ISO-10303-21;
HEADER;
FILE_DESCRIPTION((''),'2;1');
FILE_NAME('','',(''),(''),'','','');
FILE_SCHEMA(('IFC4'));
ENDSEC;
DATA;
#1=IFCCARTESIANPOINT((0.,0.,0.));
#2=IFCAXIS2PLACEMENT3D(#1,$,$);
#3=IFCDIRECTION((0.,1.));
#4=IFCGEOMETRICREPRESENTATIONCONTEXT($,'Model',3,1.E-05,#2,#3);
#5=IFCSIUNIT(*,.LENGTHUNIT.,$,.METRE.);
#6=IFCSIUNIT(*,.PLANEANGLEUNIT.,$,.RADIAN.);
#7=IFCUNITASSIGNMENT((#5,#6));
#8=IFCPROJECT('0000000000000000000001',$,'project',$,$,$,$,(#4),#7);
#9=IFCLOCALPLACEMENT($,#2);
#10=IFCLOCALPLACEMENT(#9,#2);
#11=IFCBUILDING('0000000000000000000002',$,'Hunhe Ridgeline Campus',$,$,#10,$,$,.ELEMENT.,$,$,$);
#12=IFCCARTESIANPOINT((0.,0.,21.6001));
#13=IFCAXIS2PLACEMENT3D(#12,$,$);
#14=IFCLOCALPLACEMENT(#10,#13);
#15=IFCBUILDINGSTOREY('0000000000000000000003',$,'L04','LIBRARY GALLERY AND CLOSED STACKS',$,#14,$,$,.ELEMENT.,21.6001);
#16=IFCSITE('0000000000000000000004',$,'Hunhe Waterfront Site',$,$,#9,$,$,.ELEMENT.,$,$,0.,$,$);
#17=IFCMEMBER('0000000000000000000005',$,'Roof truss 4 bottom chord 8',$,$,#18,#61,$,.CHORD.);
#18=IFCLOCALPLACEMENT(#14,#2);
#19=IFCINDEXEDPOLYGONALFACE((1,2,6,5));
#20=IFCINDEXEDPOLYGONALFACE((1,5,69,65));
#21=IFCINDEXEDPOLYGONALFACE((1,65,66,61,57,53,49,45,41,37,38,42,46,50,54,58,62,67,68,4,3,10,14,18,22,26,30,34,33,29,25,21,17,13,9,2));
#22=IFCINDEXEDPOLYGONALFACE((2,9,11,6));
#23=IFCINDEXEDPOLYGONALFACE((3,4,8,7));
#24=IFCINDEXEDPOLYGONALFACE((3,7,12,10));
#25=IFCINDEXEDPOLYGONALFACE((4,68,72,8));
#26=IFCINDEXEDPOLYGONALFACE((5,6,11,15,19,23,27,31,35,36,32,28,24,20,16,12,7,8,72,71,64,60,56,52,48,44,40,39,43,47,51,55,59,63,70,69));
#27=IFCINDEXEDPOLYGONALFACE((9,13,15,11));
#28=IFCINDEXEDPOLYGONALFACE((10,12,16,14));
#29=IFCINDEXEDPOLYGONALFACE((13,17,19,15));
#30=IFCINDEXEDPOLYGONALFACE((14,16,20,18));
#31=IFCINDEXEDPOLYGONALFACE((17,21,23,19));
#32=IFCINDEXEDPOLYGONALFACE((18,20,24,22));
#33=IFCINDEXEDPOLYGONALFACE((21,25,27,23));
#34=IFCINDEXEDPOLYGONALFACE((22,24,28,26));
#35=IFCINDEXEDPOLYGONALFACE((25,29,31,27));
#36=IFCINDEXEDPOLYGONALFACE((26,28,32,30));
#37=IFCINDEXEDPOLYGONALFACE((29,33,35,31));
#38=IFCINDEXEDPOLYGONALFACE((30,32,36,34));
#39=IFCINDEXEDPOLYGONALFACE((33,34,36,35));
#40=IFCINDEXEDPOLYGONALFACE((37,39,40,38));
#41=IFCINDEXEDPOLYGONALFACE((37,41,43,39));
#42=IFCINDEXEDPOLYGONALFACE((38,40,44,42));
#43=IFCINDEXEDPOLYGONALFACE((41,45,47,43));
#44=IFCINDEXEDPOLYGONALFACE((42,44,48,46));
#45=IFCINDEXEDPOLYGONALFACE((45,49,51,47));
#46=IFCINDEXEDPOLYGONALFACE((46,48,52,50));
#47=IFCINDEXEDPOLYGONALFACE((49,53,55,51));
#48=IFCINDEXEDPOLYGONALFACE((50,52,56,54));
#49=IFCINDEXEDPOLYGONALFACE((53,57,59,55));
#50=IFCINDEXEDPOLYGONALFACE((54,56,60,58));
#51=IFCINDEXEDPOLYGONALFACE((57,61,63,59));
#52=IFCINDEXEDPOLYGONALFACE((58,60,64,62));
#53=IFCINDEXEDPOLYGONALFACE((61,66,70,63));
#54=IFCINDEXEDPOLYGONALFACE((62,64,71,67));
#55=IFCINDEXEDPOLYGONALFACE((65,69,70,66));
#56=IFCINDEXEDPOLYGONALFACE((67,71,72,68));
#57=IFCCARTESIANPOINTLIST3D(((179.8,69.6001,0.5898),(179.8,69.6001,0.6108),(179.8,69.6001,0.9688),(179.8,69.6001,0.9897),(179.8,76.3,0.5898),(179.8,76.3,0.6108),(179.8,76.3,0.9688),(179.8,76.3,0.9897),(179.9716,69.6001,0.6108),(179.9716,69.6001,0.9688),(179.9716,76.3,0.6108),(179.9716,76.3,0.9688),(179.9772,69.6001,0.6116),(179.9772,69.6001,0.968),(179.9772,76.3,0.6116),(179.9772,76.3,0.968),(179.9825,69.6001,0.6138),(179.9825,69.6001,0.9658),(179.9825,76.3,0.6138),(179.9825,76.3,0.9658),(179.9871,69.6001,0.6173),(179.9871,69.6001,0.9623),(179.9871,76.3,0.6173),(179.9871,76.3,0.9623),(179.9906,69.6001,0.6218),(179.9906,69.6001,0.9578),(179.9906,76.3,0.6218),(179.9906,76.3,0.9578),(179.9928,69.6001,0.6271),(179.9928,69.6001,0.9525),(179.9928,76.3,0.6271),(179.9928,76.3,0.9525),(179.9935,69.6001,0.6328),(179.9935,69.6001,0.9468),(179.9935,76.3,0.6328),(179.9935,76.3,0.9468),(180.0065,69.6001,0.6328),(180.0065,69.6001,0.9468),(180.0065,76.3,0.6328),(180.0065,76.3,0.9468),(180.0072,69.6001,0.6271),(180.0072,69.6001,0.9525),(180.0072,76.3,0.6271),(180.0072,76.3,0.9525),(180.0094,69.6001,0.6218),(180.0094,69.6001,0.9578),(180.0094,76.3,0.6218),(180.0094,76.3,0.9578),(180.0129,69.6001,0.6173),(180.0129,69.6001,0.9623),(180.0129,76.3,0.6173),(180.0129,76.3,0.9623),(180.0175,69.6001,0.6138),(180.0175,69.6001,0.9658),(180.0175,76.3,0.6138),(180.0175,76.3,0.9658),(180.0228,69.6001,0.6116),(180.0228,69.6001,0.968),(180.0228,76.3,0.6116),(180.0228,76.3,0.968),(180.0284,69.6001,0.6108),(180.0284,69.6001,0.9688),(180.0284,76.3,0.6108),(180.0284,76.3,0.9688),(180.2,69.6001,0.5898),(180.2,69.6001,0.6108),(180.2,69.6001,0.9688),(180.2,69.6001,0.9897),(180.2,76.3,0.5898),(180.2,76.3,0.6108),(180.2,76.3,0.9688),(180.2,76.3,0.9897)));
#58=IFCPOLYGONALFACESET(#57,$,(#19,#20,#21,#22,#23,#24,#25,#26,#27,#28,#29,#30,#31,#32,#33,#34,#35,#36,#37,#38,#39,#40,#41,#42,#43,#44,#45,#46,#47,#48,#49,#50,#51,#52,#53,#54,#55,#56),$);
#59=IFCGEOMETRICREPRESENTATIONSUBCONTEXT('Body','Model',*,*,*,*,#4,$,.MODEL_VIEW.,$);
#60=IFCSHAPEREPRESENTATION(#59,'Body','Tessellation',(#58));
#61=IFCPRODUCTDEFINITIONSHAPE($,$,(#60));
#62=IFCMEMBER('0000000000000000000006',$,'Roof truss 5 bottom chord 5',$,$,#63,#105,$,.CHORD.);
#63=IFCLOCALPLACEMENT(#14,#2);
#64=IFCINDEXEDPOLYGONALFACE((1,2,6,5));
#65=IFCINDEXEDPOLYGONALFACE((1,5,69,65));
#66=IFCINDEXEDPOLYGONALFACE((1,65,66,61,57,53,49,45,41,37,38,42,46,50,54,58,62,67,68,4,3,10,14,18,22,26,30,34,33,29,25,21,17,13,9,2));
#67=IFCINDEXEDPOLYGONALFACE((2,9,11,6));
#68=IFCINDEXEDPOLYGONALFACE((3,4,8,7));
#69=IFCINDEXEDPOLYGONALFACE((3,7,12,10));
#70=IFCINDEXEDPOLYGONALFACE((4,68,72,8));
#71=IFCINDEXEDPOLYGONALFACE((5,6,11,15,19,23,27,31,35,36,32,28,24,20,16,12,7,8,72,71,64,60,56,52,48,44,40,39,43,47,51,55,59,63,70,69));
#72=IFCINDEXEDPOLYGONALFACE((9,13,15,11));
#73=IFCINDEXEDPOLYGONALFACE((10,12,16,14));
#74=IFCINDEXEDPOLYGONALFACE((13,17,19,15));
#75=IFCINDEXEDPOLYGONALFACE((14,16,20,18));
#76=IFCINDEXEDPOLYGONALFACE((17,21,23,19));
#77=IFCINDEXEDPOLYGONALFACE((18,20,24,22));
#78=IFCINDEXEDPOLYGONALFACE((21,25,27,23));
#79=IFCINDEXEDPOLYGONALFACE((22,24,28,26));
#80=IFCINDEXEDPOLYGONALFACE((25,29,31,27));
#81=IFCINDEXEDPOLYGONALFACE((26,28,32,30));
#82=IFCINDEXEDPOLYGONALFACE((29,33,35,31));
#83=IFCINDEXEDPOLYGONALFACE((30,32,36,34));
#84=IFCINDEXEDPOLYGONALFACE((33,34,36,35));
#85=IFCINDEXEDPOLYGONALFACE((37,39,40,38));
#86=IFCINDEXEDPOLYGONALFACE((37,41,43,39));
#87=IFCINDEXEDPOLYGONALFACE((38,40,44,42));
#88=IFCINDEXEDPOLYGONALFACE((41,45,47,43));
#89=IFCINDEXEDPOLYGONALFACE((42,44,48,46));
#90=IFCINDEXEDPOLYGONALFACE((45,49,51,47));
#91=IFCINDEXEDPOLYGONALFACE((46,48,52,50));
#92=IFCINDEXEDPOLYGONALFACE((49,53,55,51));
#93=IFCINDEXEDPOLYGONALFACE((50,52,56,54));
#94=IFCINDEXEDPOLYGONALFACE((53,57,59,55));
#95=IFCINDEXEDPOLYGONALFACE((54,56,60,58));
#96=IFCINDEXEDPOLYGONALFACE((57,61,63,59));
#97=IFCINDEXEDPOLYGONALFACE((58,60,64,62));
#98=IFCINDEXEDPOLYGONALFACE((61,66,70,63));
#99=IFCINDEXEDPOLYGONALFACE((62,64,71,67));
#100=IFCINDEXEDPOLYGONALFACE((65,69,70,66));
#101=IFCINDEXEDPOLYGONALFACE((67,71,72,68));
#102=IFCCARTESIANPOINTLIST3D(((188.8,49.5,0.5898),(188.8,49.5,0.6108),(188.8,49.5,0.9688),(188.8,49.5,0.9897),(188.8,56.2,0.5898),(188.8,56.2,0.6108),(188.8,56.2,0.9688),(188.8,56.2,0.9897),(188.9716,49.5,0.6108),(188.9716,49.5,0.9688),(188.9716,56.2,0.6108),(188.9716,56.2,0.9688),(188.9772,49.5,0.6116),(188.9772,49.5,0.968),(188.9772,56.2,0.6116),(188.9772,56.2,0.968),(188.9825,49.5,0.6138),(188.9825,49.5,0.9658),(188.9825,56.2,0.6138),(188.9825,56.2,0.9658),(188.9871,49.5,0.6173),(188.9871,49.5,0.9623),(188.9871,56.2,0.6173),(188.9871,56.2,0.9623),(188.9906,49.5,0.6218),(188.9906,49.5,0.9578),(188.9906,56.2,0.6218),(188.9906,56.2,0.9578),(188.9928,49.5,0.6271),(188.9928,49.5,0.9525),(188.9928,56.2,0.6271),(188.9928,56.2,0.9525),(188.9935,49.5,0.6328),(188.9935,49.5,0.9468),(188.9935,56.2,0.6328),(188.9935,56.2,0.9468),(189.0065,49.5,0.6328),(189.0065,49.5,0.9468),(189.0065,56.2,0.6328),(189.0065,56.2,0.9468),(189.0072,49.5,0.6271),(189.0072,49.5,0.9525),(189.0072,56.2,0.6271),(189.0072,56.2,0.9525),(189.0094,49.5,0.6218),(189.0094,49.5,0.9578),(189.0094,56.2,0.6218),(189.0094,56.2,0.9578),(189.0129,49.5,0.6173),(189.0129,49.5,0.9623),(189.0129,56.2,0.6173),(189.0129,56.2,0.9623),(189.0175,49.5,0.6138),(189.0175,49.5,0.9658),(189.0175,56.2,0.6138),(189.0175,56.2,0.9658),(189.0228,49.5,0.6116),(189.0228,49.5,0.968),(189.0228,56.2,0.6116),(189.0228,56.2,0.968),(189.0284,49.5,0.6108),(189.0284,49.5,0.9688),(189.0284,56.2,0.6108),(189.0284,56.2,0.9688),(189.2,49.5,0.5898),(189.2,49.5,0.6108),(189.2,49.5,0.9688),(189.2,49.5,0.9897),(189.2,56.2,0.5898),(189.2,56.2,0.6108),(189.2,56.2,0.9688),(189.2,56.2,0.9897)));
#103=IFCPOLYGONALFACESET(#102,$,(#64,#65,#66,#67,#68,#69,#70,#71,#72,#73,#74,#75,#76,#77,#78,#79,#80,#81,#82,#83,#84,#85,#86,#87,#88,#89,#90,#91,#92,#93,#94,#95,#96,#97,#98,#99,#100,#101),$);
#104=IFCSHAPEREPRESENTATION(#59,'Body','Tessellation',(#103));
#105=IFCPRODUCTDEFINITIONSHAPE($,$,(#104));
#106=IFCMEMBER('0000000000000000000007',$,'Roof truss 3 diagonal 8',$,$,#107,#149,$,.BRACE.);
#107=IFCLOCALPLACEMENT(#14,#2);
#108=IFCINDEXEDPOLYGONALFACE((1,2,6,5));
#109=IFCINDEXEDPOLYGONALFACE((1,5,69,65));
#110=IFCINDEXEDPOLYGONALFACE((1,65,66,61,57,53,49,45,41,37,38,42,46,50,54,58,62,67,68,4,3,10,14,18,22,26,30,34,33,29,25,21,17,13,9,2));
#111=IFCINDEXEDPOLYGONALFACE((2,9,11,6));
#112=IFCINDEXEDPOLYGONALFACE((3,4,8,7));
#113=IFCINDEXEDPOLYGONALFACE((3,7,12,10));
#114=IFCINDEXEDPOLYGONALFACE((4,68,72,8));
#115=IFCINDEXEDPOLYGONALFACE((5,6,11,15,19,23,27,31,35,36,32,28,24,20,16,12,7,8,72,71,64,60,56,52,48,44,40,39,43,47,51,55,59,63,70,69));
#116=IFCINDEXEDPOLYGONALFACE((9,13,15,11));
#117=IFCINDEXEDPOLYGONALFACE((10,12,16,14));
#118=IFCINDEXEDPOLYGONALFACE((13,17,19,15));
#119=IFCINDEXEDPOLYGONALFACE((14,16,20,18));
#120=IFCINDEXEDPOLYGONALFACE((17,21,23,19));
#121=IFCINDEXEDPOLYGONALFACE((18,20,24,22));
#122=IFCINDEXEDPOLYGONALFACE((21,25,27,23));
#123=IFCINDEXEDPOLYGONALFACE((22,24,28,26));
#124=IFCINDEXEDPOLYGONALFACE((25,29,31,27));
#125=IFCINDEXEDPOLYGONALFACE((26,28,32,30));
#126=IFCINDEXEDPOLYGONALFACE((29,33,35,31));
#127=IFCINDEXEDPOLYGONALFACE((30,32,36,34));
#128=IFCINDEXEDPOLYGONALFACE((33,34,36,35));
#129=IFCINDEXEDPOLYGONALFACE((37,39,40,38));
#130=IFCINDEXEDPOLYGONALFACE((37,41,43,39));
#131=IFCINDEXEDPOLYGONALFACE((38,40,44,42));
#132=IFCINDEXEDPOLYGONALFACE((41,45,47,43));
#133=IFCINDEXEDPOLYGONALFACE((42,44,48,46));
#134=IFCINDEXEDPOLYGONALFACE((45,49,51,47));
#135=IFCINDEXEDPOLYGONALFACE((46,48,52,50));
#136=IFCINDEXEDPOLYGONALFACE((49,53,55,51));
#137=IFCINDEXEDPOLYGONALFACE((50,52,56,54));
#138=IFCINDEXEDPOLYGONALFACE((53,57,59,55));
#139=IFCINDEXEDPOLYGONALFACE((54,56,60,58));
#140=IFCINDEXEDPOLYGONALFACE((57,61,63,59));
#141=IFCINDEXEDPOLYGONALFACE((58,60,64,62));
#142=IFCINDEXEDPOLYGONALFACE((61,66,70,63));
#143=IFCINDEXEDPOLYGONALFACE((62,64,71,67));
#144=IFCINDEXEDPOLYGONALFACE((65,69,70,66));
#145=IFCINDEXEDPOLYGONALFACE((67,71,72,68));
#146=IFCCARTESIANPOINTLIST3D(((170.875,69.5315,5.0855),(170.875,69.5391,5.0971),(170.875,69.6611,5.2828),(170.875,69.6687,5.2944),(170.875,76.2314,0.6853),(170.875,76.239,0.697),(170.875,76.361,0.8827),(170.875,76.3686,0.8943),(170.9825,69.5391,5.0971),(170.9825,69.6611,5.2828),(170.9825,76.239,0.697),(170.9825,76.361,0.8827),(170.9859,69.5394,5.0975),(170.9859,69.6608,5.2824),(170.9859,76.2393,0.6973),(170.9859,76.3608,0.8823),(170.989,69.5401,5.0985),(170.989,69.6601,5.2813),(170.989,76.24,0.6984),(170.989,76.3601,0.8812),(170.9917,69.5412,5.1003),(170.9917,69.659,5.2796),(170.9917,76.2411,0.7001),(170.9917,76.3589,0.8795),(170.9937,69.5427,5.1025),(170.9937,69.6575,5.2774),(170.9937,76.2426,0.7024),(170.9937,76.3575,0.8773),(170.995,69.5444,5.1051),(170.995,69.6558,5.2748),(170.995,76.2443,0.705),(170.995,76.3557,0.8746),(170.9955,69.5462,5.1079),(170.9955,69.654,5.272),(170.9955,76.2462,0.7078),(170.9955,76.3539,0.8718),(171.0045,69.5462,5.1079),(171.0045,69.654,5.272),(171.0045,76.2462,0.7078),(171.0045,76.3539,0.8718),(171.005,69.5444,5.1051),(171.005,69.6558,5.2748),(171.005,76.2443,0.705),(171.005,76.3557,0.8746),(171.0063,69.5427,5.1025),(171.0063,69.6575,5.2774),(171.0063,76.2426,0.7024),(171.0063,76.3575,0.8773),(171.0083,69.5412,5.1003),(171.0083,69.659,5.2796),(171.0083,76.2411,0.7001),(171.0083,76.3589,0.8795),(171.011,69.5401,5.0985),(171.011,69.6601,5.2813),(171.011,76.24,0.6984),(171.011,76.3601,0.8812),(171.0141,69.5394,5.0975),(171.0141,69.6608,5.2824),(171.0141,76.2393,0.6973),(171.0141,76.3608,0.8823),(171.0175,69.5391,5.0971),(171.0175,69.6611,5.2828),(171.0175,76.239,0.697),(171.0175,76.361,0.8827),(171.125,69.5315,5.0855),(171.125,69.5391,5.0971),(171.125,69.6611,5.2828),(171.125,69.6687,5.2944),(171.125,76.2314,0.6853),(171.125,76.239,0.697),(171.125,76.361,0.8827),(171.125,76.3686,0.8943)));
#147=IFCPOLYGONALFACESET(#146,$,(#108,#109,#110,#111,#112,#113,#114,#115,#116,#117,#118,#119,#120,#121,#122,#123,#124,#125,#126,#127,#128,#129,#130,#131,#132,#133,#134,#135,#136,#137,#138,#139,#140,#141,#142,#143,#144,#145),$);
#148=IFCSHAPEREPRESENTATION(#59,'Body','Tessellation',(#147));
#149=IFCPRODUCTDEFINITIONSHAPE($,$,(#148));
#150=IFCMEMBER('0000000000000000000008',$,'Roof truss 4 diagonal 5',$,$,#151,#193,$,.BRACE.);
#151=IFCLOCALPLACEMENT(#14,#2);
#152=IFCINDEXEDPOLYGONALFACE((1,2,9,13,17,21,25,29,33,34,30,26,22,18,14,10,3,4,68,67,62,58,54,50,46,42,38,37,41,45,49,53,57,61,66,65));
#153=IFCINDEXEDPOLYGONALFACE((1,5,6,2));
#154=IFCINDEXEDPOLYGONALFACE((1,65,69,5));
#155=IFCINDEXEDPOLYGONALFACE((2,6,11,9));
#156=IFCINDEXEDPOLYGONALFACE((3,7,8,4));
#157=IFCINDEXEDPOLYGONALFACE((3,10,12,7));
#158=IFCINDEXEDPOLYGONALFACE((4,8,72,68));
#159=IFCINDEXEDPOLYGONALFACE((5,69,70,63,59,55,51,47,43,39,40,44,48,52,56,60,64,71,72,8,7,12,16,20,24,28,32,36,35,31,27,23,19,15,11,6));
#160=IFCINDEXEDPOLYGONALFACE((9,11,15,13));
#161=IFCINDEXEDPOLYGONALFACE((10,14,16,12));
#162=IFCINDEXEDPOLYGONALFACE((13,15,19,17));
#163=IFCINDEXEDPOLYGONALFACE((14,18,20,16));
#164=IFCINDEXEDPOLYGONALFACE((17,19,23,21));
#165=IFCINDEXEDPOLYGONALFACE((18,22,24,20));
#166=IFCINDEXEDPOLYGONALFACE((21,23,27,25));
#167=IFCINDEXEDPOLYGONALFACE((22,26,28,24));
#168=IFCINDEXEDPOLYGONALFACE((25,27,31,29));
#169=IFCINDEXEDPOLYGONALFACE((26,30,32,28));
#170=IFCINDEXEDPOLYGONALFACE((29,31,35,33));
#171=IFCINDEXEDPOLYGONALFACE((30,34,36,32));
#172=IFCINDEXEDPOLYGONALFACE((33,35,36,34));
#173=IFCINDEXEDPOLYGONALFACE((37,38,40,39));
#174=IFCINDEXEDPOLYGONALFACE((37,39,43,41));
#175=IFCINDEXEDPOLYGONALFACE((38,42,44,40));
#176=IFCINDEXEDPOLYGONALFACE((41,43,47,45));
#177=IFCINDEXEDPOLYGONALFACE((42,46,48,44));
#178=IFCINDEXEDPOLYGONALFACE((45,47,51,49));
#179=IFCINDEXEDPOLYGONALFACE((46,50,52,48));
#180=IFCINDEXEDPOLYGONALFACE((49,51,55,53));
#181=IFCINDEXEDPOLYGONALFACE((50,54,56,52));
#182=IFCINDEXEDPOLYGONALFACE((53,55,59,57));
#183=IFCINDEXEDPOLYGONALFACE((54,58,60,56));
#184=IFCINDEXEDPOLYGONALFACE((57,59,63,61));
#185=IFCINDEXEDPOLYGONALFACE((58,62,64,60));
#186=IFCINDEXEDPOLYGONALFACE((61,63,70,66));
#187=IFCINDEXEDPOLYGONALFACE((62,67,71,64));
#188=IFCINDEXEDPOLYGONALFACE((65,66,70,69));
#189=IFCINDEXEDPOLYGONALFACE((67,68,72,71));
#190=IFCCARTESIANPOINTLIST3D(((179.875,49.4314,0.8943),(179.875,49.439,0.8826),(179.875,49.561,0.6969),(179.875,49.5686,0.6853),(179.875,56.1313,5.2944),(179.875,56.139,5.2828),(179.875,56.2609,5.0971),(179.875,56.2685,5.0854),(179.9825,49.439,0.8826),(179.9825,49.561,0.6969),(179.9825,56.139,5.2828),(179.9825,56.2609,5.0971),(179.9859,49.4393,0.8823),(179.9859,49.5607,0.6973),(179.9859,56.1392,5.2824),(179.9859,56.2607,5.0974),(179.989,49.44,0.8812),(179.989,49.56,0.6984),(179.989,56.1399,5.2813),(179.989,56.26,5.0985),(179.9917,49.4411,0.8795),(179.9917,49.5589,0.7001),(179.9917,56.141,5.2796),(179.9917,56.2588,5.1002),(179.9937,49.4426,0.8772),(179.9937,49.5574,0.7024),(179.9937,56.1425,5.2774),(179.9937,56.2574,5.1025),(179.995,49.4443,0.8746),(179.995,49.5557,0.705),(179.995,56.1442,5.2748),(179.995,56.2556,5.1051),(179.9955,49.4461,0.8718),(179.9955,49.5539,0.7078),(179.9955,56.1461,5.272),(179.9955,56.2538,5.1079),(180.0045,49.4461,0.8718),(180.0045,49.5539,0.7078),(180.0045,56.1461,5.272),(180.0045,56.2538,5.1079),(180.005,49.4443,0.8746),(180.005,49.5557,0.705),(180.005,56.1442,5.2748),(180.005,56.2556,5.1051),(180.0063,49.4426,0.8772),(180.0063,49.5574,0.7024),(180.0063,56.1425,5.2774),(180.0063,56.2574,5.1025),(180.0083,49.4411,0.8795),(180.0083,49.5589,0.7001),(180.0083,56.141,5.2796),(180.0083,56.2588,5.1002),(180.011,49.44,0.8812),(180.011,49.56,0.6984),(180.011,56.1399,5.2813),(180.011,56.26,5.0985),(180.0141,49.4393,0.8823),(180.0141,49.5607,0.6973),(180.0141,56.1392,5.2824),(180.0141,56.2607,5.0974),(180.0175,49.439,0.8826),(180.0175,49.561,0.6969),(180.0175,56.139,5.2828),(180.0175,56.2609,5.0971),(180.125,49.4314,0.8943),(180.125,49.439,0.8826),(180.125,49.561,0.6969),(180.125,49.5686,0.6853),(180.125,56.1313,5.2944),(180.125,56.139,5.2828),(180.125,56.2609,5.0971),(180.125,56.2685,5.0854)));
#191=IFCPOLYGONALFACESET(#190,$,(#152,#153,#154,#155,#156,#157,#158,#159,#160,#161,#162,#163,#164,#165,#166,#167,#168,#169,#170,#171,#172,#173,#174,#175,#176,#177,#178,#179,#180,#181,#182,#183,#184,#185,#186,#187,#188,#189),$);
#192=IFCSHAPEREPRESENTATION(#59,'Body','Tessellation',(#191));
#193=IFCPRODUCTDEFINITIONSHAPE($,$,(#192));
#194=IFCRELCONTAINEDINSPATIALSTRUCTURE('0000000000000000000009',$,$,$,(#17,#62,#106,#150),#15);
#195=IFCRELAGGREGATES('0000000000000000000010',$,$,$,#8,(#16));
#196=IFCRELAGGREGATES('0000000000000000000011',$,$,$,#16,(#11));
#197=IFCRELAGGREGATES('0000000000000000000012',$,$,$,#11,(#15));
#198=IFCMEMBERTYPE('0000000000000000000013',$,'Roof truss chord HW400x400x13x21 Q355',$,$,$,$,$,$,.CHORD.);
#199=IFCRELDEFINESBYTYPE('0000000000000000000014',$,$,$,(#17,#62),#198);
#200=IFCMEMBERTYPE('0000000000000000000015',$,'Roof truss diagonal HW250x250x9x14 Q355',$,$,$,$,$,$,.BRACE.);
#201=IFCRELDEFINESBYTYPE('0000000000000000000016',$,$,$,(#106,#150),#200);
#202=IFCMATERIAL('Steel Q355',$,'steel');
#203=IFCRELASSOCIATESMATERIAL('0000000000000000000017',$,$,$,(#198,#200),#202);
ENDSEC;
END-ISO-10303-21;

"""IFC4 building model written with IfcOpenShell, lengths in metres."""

from ifc_helpers import new_model, si_unit, direction, frame, origin, origin_2d, place, context, subcontext, project, spatial, i_section, extrude, material, material_profile, profile_set, type_object, element, save


model = new_model("IFC4")

# Units and contexts
model_context = context("Model", 3, precision=1e-05, world=origin(), true_north=direction((0.0, 1.0)))
body_context = subcontext(model_context, "Body", "Model", "MODEL_VIEW")
ifc_project = project(units=[si_unit("LENGTHUNIT", "METRE"), si_unit("PLANEANGLEUNIT", "RADIAN")], contexts=[model_context])

# Site, building, storey
site_placement = place(None, origin())
site = spatial("IfcSite", under=ifc_project, at=site_placement, Name="Hunhe Waterfront Site", CompositionType="ELEMENT", RefElevation=0.0)
building_placement = place(site_placement, origin())
building = spatial("IfcBuilding", under=site, at=building_placement, Name="Hunhe Ridgeline Campus", CompositionType="ELEMENT")
storey_placement = place(building_placement, frame((0.0, 0.0, 21.6001)))
storey = spatial("IfcBuildingStorey", under=building, at=storey_placement, Name="L04", Description="LIBRARY GALLERY AND CLOSED STACKS", CompositionType="ELEMENT", Elevation=21.6001)

# Members
ifc_material_1 = material(Name="Steel Q355", Category="steel")
ifc_material_profile_1 = material_profile(ifc_material_1, i_section(OverallWidth=0.3999, OverallDepth=0.3999, WebThickness=0.0129, FlangeThickness=0.021, FilletRadius=0.022, at=origin_2d()))
ifc_profile_set_1 = profile_set([ifc_material_profile_1], Name="Steel Q355")
member_type_1 = type_object("IfcMemberType", Name="Roof truss chord HW400x400x13x21 Q355", PredefinedType="CHORD", material=ifc_profile_set_1)
for number, where, z_axis, x_axis, name in (
    (1, (180.0, 69.6001, 0.7898), (0.0, 1.0, 0.0), (-1.0, 0.0, 0.0), "Roof truss 4 bottom chord 8"),
    (2, (189.0, 49.5, 0.7898), (0.0, 1.0, 0.0), (-1.0, 0.0, 0.0), "Roof truss 5 bottom chord 5"),
):
    element("IfcMember", number, at=place(storey_placement, frame(where, z_axis=z_axis, x_axis=x_axis)), inside=storey, type_object=member_type_1, Name=name, PredefinedType="CHORD", context=body_context, shape_type="SweptSolid", body=[
        extrude(i_section(OverallWidth=0.3999, OverallDepth=0.3999, WebThickness=0.0129, FlangeThickness=0.021, FilletRadius=0.022, at=origin_2d()), origin(), (0.0, 0.0, 1.0), 6.7),
    ])
ifc_material_profile_2 = material_profile(ifc_material_1, i_section(OverallWidth=0.25, OverallDepth=0.25, WebThickness=0.009, FlangeThickness=0.0139, FilletRadius=0.0129, at=origin_2d()))
ifc_profile_set_2 = profile_set([ifc_material_profile_2], Name="Steel Q355")
member_type_2 = type_object("IfcMemberType", Name="Roof truss diagonal HW250x250x9x14 Q355", PredefinedType="BRACE", material=ifc_profile_set_2)
for number, where, z_axis, x_axis, name in (
    (3, (171.0, 69.6001, 5.1899), (0.0, 0.835859, -0.548944), (-1.0, 0.0, 0.0), "Roof truss 3 diagonal 8"),
    (4, (180.0, 49.5, 0.7898), (0.0, 0.835859, 0.548944), (-1.0, 0.0, 0.0), "Roof truss 4 diagonal 5"),
):
    element("IfcMember", number, at=place(storey_placement, frame(where, z_axis=z_axis, x_axis=x_axis)), inside=storey, type_object=member_type_2, Name=name, PredefinedType="BRACE", context=body_context, shape_type="SweptSolid", body=[
        extrude(i_section(OverallWidth=0.25, OverallDepth=0.25, WebThickness=0.009, FlangeThickness=0.0139, FilletRadius=0.0129, at=origin_2d()), origin(), (0.0, 0.0, 1.0), 8.0156),
    ])

save(model, "model.ifc")
